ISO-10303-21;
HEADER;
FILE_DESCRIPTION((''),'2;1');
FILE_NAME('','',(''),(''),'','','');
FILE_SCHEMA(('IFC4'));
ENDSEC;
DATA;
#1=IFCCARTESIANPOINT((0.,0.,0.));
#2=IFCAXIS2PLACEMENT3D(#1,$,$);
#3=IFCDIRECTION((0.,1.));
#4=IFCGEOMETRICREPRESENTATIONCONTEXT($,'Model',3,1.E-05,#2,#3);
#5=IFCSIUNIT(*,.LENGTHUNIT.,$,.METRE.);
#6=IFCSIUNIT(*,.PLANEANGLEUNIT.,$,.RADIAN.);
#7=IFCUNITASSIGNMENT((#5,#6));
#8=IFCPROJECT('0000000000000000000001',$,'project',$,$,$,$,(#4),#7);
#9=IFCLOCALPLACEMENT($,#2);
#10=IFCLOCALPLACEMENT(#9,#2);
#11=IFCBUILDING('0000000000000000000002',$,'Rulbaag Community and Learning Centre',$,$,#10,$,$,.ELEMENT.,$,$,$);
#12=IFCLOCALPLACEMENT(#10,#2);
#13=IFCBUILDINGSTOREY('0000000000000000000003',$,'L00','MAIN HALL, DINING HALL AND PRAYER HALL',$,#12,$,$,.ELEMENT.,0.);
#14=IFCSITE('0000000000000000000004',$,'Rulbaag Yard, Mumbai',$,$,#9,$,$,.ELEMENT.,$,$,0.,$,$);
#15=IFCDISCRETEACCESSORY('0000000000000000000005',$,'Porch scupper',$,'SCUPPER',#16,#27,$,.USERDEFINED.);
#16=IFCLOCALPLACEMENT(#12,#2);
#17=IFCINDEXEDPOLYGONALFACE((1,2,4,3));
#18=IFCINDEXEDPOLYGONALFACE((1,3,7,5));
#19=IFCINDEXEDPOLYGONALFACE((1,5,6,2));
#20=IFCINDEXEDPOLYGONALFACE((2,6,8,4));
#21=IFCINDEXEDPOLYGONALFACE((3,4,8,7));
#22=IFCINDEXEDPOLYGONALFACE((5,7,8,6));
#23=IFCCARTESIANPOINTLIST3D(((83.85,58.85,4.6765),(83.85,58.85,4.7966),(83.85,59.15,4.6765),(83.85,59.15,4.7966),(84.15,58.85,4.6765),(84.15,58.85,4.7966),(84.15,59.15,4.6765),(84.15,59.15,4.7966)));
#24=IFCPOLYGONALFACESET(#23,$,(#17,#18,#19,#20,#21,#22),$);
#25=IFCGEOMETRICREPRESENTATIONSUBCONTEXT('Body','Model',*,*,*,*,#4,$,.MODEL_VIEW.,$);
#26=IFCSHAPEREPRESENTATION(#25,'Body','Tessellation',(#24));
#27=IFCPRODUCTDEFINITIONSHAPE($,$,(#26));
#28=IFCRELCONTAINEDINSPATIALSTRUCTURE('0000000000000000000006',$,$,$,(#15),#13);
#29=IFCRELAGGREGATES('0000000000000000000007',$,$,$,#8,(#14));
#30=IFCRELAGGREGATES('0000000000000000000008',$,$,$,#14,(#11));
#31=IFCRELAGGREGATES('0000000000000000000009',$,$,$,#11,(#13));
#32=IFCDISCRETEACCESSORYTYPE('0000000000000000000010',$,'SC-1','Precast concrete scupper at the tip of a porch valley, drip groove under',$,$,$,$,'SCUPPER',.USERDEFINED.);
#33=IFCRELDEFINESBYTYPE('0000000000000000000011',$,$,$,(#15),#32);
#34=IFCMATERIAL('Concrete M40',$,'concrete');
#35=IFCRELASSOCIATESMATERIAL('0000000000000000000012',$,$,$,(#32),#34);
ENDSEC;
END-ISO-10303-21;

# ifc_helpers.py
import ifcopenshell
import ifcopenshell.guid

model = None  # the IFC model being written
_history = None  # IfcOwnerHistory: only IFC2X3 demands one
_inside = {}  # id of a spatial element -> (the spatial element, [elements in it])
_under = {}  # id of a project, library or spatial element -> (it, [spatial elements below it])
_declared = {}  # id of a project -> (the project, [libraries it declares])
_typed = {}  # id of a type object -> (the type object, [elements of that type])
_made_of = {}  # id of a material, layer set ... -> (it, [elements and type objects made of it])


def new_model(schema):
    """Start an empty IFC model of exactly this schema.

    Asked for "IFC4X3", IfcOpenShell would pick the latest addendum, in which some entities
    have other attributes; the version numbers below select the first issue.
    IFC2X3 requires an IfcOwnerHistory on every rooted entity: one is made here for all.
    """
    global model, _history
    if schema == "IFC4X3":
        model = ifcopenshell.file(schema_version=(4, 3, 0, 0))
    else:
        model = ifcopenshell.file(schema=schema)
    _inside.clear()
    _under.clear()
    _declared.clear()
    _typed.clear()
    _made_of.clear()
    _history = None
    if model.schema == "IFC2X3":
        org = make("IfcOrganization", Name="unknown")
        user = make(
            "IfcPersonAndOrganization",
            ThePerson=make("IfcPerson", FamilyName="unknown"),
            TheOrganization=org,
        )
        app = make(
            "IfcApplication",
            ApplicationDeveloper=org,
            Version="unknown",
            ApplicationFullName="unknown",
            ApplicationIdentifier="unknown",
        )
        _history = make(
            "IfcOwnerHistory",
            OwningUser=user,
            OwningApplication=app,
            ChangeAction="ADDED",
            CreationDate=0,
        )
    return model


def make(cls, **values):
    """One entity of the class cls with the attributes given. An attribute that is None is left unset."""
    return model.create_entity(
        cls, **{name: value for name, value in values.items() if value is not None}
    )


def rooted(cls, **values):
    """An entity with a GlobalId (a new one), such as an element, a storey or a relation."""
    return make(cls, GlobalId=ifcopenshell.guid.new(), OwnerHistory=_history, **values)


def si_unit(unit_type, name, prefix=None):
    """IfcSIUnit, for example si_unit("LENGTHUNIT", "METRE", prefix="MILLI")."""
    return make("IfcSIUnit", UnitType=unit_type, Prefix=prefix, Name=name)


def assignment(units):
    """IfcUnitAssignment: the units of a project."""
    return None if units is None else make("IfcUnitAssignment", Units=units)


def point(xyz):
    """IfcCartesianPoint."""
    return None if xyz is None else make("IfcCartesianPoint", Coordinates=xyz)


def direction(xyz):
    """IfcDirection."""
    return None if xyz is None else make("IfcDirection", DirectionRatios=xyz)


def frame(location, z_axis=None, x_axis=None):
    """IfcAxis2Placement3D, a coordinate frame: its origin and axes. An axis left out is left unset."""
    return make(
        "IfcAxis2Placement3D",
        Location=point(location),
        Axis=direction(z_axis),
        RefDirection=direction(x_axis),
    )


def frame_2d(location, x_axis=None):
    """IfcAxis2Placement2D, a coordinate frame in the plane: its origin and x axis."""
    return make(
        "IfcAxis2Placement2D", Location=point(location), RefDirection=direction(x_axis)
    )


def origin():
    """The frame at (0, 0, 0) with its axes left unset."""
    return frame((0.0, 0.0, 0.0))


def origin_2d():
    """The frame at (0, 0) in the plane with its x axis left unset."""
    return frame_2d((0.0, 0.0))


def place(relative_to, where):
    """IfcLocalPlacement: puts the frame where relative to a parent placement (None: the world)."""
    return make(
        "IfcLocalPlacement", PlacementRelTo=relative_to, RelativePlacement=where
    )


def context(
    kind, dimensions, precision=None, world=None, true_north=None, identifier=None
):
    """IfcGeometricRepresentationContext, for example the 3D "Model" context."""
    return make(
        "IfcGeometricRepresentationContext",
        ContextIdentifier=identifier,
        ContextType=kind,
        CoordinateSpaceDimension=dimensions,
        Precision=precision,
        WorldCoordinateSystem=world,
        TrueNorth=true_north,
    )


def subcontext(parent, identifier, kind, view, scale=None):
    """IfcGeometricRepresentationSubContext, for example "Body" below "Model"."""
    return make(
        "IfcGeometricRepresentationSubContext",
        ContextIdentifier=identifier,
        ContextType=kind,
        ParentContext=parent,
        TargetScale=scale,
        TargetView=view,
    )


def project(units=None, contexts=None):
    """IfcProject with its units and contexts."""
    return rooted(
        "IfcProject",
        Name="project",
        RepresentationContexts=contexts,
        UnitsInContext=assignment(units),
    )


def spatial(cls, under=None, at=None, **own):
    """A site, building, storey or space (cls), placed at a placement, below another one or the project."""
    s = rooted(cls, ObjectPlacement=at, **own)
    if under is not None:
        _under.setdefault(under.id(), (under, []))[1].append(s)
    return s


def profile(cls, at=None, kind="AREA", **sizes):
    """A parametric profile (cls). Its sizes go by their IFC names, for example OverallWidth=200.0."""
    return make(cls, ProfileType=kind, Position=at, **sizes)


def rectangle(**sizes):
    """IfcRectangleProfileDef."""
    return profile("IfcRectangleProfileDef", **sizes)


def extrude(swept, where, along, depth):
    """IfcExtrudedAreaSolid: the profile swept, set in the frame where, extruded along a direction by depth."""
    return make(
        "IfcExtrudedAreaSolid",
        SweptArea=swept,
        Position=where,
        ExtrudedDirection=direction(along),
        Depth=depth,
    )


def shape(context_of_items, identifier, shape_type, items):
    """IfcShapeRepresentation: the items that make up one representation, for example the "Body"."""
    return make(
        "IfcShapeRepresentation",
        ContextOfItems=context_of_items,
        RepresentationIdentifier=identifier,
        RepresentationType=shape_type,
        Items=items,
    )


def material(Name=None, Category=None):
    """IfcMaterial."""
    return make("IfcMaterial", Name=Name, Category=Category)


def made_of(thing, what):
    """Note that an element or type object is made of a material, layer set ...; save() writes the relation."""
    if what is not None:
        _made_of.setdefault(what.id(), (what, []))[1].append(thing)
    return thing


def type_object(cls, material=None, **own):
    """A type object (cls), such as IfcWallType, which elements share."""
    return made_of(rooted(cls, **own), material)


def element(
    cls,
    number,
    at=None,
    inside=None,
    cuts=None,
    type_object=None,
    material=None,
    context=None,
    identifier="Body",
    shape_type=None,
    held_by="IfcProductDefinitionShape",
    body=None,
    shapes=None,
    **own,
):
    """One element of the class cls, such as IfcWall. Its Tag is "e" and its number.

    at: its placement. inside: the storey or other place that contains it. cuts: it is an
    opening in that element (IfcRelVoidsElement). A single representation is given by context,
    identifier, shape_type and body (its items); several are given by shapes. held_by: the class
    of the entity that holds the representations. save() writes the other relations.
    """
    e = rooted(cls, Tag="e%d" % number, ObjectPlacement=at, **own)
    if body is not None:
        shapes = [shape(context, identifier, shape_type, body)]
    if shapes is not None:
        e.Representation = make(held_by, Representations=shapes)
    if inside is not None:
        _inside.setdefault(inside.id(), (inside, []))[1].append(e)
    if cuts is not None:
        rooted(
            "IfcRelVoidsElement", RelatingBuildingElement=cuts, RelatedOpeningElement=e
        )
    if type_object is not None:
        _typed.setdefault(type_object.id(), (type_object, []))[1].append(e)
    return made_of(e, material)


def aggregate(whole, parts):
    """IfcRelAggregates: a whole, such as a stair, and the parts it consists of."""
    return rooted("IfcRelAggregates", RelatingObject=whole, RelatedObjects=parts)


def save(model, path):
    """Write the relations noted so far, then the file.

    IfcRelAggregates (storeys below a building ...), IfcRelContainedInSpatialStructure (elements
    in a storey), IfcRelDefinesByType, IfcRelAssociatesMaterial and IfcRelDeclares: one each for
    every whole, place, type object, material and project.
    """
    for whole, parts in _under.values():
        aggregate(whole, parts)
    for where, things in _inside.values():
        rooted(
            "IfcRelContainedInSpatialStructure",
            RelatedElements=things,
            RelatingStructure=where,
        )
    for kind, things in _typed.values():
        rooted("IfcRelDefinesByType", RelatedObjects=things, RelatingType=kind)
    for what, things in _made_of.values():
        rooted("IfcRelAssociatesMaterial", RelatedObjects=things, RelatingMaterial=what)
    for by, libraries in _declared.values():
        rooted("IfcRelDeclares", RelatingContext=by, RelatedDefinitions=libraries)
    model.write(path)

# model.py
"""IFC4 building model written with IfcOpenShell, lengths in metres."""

from ifc_helpers import new_model, si_unit, direction, frame, origin, origin_2d, place, context, subcontext, project, spatial, rectangle, extrude, material, type_object, element, save


model = new_model("IFC4")

# Units and contexts
model_context = context("Model", 3, precision=1e-05, world=origin(), true_north=direction((0.0, 1.0)))
body_context = subcontext(model_context, "Body", "Model", "MODEL_VIEW")
ifc_project = project(units=[si_unit("LENGTHUNIT", "METRE"), si_unit("PLANEANGLEUNIT", "RADIAN")], contexts=[model_context])

# Site, building, storey
site_placement = place(None, origin())
site = spatial("IfcSite", under=ifc_project, at=site_placement, Name="Rulbaag Yard, Mumbai", CompositionType="ELEMENT", RefElevation=0.0)
building_placement = place(site_placement, origin())
building = spatial("IfcBuilding", under=site, at=building_placement, Name="Rulbaag Community and Learning Centre", CompositionType="ELEMENT")
storey_placement = place(building_placement, origin())
storey = spatial("IfcBuildingStorey", under=building, at=storey_placement, Name="L00", Description="MAIN HALL, DINING HALL AND PRAYER HALL", CompositionType="ELEMENT", Elevation=0.0)

# Shared definitions
ifc_material_1 = material(Name="Concrete M40", Category="concrete")

# Discrete accessory
discrete_accessory_type_1 = type_object("IfcDiscreteAccessoryType", Name="SC-1", Description="Precast concrete scupper at the tip of a porch valley, drip groove under", ElementType="SCUPPER", PredefinedType="USERDEFINED", material=ifc_material_1)
for number, where, z_axis, x_axis, name in (
    (1, (84.0, 59.0, 4.6765), (0.0, 0.0, 1.0), (1.0, 0.0, 0.0), "Porch scupper"),
):
    element("IfcDiscreteAccessory", number, at=place(storey_placement, frame(where, z_axis=z_axis, x_axis=x_axis)), inside=storey, type_object=discrete_accessory_type_1, Name=name, ObjectType="SCUPPER", PredefinedType="USERDEFINED", context=body_context, shape_type="SweptSolid", body=[
        extrude(rectangle(XDim=0.3, YDim=0.3, at=origin_2d()), origin(), (0.0, 0.0, 1.0), 0.1201),
    ])

save(model, "model.ifc")
